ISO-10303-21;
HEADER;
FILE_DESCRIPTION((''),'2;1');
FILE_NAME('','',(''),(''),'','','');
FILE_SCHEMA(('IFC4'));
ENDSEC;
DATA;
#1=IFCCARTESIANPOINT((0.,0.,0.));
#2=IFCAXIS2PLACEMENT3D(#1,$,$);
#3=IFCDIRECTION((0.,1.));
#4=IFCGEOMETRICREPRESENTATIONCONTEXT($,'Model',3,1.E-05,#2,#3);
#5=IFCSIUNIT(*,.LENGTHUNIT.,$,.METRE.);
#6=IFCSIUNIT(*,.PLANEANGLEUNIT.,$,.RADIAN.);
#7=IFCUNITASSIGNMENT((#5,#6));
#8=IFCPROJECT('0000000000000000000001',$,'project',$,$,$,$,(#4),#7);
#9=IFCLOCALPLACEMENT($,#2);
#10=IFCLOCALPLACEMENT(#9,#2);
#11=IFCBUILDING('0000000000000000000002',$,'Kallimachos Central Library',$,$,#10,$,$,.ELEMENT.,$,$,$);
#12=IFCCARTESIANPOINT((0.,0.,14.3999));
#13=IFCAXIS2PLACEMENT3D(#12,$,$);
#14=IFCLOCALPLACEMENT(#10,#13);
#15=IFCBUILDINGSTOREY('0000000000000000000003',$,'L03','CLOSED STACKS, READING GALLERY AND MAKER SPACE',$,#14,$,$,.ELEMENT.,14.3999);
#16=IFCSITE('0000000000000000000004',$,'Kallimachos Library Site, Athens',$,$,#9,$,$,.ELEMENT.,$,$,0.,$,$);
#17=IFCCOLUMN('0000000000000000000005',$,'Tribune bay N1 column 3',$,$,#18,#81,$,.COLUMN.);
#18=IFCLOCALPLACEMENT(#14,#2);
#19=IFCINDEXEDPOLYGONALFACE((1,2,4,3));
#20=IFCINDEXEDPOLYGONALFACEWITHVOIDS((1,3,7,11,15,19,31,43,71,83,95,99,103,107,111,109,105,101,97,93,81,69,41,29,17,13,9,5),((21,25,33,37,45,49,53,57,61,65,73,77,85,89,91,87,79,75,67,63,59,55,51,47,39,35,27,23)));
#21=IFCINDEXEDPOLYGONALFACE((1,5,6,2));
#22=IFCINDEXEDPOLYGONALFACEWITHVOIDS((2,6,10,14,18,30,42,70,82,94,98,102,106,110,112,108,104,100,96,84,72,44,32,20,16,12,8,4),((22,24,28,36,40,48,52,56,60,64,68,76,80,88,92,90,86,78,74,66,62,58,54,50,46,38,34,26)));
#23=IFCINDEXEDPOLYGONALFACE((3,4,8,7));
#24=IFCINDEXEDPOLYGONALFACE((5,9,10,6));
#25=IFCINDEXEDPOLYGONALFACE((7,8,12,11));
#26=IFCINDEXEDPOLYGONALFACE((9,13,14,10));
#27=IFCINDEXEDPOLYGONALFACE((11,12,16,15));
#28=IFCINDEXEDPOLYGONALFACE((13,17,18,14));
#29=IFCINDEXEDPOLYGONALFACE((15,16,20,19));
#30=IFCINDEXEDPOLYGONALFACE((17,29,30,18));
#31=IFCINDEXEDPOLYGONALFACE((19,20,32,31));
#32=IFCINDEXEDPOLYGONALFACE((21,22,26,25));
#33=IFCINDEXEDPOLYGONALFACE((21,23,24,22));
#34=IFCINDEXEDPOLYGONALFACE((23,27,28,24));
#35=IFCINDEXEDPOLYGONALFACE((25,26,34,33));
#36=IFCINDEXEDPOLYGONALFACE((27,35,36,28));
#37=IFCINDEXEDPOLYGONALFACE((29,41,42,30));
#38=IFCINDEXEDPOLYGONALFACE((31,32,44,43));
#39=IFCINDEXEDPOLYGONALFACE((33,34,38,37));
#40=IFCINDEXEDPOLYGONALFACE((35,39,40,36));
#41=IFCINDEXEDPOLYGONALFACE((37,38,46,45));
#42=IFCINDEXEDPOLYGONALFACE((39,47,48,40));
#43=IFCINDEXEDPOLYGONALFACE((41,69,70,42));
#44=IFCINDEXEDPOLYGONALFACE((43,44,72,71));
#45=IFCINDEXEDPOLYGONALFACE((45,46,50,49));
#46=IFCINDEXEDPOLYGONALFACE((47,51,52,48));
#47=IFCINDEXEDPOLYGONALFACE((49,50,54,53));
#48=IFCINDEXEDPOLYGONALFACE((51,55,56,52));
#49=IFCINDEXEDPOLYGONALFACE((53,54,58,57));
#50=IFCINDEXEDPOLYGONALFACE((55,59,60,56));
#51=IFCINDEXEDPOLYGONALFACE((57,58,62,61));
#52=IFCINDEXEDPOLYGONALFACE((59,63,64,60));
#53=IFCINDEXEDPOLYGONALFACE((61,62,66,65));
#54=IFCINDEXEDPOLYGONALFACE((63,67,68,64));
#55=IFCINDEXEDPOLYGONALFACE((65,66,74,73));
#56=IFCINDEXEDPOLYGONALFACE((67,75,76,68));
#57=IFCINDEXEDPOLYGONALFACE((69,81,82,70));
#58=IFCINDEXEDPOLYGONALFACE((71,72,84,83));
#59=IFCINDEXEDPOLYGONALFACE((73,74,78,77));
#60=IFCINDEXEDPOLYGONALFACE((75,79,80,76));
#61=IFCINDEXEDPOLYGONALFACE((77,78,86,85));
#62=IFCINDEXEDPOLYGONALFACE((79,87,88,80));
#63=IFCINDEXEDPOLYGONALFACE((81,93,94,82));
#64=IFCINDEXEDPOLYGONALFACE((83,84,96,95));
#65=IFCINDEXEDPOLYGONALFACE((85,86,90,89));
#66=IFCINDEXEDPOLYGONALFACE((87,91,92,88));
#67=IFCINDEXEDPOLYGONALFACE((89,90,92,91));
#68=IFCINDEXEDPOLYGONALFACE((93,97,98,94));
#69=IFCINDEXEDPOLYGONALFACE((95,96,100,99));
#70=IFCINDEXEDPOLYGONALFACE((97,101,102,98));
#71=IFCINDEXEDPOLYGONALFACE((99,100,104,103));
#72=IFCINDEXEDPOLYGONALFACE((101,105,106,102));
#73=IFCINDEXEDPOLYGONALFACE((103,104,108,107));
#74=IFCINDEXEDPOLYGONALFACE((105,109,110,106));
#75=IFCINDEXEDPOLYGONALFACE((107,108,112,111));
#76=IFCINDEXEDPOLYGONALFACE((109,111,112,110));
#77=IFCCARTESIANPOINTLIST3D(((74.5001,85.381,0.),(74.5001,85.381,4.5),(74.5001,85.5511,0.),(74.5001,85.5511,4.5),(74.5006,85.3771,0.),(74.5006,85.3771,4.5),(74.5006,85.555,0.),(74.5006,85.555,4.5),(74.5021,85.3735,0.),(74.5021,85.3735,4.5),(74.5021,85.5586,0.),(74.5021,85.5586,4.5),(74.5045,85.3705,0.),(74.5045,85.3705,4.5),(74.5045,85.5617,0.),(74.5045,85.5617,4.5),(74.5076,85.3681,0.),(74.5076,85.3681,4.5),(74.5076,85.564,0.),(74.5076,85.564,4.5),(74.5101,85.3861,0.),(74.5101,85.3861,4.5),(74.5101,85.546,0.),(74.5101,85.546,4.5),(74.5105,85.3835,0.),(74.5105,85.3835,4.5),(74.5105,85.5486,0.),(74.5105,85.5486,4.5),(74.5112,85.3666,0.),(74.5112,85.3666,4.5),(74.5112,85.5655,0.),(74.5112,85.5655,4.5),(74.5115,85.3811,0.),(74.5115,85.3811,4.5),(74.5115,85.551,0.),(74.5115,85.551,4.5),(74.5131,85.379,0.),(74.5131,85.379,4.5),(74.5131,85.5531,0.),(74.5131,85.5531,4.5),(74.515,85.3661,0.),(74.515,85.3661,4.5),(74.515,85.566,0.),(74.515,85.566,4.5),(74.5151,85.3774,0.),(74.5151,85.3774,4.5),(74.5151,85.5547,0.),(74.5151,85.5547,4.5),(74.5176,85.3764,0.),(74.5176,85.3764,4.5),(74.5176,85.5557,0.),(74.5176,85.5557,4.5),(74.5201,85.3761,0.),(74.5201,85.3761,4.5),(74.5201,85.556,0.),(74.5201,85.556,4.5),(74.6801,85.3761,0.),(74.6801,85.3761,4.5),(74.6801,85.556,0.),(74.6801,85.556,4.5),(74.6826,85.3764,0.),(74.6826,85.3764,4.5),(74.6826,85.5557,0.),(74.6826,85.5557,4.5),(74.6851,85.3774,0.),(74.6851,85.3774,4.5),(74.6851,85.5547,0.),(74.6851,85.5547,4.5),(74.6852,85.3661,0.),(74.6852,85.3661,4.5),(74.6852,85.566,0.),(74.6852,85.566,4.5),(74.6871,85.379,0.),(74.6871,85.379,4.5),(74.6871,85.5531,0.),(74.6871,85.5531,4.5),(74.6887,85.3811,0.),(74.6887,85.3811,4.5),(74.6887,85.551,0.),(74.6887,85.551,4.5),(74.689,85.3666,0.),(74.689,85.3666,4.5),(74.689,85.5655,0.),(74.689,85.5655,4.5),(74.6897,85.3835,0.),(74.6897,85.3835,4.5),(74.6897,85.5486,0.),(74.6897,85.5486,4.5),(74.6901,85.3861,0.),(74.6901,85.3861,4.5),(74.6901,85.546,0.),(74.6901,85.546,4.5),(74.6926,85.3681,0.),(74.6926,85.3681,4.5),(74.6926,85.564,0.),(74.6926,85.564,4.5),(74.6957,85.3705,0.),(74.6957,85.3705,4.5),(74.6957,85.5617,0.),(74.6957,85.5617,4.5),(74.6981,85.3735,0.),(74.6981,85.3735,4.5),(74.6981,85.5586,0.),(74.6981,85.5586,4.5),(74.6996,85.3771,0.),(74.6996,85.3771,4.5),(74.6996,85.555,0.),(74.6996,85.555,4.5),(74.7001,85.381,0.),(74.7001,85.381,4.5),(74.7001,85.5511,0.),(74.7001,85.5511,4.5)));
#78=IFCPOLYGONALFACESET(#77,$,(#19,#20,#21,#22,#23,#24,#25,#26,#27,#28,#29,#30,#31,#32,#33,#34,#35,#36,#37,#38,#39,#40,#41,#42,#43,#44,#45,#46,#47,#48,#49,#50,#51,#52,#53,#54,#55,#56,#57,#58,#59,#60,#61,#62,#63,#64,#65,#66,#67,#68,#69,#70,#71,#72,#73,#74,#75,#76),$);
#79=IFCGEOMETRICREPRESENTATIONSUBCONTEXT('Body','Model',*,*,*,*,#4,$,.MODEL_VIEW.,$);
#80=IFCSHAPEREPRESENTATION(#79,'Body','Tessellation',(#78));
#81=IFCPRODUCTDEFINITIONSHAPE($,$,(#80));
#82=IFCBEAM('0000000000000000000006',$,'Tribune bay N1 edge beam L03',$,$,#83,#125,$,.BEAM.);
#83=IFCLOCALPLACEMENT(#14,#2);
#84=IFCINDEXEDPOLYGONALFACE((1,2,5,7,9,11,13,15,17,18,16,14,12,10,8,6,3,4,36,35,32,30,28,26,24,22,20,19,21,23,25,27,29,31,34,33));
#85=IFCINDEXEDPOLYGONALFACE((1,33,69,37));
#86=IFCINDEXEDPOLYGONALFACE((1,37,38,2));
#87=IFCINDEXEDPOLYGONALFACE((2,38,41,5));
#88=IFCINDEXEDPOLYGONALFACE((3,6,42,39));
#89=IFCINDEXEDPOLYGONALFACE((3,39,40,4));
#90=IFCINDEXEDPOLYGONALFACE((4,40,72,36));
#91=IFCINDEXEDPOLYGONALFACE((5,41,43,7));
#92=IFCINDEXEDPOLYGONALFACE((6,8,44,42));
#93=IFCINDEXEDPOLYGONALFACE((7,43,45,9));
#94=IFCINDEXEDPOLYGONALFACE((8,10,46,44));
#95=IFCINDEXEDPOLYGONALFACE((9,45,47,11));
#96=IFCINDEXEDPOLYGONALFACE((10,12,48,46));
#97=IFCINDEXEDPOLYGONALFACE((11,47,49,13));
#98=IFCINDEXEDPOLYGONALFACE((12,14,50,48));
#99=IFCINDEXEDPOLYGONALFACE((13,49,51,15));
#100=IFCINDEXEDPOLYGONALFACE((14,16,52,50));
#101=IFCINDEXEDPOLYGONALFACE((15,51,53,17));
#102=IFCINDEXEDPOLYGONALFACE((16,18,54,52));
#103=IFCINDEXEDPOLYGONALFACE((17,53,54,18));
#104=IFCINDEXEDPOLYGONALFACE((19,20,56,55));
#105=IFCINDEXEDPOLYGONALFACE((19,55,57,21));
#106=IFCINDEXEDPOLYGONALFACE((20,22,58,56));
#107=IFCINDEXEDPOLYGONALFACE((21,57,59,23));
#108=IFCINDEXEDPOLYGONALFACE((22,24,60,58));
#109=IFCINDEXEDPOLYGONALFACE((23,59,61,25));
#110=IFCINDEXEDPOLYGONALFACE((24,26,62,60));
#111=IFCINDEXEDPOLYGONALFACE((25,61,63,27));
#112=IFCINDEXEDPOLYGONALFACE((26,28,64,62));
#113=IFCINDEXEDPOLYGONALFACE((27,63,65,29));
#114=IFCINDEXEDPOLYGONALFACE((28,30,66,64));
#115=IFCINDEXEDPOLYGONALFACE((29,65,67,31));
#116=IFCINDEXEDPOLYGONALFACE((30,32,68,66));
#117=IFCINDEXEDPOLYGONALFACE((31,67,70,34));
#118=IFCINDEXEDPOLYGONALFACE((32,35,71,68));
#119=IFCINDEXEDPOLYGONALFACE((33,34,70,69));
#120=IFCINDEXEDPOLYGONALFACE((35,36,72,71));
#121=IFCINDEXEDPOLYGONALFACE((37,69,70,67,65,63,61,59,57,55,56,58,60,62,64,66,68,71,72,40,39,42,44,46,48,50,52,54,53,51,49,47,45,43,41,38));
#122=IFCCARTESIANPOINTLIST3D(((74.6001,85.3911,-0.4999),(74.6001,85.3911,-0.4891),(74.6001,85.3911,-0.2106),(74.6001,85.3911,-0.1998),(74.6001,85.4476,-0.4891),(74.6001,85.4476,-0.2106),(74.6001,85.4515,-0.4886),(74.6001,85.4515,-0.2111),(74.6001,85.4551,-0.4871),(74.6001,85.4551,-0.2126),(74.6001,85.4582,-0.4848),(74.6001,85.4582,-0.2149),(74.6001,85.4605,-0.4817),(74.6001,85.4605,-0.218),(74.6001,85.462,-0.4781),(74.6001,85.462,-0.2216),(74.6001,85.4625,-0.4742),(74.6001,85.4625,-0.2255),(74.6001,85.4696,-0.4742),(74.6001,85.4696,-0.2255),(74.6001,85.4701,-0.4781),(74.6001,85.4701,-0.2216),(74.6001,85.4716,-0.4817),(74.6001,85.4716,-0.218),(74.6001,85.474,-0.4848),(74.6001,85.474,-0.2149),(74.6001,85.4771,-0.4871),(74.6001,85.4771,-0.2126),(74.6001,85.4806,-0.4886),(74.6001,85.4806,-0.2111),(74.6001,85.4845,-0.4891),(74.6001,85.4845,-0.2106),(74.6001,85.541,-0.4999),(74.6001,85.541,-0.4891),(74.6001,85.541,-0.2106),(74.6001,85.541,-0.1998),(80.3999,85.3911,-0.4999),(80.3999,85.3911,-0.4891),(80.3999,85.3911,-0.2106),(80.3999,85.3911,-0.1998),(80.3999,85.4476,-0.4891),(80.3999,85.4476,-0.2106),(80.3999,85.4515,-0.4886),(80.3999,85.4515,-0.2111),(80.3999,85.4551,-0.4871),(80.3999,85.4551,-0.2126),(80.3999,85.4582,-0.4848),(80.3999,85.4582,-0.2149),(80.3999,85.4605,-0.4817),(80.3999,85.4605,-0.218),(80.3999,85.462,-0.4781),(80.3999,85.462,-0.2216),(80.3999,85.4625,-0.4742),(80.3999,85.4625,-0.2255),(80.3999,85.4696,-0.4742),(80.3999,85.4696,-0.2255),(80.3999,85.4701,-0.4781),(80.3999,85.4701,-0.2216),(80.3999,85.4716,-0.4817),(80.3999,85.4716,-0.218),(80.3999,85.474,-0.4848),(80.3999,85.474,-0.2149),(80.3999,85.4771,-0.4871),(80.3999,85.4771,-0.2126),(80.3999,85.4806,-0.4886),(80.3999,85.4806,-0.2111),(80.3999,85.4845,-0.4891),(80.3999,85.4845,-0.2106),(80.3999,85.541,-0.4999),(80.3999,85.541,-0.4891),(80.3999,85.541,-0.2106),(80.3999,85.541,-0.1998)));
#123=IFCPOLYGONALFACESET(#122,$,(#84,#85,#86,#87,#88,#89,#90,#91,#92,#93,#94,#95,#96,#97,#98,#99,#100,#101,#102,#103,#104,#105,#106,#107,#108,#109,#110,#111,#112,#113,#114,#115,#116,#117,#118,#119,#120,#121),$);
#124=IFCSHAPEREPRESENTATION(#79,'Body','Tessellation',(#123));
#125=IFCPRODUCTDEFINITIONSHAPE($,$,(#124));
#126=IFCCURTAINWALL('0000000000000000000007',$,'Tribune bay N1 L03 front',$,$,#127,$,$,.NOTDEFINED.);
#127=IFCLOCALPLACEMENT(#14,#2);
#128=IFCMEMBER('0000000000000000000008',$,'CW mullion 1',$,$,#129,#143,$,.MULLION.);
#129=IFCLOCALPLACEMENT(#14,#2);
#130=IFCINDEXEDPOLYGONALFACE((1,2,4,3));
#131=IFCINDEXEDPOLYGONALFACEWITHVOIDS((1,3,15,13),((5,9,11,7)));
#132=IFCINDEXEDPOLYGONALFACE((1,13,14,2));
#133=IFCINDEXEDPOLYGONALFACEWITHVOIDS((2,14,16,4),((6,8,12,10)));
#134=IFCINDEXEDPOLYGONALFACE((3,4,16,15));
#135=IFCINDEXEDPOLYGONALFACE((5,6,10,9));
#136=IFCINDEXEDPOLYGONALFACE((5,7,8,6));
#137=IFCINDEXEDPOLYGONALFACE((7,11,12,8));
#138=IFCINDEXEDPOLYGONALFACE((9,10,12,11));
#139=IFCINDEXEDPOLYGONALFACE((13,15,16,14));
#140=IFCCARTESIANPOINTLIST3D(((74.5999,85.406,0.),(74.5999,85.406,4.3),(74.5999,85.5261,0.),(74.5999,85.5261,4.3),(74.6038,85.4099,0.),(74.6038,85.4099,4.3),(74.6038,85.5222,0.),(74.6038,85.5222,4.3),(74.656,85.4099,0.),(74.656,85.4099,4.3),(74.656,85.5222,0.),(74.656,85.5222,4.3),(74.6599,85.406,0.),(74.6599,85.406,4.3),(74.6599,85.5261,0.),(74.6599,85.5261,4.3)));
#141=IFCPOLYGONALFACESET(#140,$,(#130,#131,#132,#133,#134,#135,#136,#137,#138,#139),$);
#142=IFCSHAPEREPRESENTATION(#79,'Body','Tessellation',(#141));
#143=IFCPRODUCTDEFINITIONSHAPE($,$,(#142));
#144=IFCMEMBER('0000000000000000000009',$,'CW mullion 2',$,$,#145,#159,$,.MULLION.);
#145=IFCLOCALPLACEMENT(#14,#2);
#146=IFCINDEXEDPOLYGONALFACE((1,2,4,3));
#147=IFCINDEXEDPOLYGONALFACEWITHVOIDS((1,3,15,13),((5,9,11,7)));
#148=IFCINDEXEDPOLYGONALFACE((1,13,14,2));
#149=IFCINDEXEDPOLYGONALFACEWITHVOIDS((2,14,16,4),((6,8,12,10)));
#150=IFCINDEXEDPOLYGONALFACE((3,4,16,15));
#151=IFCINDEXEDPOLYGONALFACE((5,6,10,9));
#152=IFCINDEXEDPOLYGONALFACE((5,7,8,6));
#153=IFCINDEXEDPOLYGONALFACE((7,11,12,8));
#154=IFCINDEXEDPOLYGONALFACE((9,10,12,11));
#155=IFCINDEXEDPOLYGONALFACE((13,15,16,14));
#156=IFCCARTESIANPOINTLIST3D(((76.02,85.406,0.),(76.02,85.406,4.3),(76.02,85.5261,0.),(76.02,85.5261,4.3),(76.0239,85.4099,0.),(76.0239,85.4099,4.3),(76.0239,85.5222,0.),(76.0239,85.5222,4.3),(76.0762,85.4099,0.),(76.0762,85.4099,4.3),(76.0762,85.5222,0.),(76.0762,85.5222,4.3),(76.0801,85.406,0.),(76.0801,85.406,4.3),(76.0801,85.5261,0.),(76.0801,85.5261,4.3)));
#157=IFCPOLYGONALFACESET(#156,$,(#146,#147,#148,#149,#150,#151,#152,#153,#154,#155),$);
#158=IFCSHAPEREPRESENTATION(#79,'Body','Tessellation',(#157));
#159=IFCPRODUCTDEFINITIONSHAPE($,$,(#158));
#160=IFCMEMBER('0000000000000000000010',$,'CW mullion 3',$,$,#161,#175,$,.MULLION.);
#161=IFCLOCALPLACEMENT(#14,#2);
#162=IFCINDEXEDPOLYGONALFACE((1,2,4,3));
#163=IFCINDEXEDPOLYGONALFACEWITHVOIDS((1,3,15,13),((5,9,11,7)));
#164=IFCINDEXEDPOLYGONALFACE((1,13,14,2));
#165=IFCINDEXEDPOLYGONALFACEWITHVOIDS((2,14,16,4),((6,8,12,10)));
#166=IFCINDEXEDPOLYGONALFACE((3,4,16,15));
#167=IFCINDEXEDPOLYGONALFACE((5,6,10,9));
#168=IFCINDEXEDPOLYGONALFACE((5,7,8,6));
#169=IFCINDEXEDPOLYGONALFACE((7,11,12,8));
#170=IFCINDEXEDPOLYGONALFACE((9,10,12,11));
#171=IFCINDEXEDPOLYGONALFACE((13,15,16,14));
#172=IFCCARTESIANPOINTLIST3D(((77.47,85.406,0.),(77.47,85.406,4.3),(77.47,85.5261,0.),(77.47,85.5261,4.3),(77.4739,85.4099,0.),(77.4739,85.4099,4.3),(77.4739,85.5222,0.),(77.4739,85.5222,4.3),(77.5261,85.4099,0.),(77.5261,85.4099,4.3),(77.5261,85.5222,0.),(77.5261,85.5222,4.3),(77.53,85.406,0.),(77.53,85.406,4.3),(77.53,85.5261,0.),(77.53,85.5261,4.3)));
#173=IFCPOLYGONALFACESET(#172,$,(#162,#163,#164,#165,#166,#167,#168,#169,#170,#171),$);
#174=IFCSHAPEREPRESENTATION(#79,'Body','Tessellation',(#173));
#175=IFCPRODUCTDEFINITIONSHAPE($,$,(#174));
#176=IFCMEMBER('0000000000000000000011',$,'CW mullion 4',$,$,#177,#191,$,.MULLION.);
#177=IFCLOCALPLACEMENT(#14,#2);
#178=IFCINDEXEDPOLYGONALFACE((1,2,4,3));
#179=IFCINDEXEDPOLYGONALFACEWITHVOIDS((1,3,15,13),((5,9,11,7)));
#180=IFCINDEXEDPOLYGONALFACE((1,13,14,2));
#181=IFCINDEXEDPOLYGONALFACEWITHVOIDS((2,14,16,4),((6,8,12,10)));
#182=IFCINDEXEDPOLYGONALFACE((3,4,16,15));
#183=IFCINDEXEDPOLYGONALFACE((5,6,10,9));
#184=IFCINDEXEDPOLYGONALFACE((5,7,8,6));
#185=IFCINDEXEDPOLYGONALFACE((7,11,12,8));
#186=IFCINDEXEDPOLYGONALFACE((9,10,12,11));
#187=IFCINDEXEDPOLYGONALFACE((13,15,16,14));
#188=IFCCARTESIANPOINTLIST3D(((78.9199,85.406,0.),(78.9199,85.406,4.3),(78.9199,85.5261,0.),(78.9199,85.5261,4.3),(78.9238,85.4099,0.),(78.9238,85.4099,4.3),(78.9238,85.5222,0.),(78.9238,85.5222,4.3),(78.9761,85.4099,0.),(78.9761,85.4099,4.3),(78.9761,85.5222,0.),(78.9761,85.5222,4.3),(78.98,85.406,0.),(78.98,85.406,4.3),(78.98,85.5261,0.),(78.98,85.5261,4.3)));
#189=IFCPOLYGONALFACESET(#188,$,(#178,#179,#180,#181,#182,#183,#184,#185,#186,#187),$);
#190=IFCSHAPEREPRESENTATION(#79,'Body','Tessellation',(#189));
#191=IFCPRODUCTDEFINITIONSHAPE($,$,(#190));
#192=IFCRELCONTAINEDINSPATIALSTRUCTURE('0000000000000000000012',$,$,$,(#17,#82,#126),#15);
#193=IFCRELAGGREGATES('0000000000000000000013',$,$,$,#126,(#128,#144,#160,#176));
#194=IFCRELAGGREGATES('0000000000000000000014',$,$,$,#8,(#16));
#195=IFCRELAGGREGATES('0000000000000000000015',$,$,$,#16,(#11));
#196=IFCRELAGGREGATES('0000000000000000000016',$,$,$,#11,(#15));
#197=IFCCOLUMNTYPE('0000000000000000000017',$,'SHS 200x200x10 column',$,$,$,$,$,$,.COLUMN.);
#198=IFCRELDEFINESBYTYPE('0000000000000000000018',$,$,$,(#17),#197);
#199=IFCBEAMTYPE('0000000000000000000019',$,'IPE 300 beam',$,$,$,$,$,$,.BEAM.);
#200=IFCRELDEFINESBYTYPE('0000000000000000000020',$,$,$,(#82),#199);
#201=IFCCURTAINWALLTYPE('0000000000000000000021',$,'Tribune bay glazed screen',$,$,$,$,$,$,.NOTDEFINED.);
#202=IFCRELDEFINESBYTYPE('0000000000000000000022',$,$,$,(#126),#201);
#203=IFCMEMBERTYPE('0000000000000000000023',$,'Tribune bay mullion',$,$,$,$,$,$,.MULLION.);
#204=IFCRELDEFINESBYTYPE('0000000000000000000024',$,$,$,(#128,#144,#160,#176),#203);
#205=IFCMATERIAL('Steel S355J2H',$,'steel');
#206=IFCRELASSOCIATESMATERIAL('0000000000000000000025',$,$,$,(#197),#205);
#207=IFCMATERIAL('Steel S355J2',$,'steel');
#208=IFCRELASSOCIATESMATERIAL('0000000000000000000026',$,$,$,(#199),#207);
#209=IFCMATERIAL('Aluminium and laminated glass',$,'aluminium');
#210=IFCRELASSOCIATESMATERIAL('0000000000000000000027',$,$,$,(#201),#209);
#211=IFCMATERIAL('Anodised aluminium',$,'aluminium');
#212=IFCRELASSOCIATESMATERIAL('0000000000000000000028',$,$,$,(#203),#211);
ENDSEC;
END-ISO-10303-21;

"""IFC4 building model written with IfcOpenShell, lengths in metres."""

from ifc_helpers import new_model, si_unit, direction, frame, origin, origin_2d, place, context, subcontext, project, spatial, hollow_rectangle, i_section, extrude, material, material_profile, profile_set, type_object, element, aggregate, save


model = new_model("IFC4")

# Units and contexts
model_context = context("Model", 3, precision=1e-05, world=origin(), true_north=direction((0.0, 1.0)))
body_context = subcontext(model_context, "Body", "Model", "MODEL_VIEW")
ifc_project = project(units=[si_unit("LENGTHUNIT", "METRE"), si_unit("PLANEANGLEUNIT", "RADIAN")], contexts=[model_context])

# Site, building, storey
site_placement = place(None, origin())
site = spatial("IfcSite", under=ifc_project, at=site_placement, Name="Kallimachos Library Site, Athens", CompositionType="ELEMENT", RefElevation=0.0)
building_placement = place(site_placement, origin())
building = spatial("IfcBuilding", under=site, at=building_placement, Name="Kallimachos Central Library", CompositionType="ELEMENT")
storey_placement = place(building_placement, frame((0.0, 0.0, 14.3999)))
storey = spatial("IfcBuildingStorey", under=building, at=storey_placement, Name="L03", Description="CLOSED STACKS, READING GALLERY AND MAKER SPACE", CompositionType="ELEMENT", Elevation=14.3999)

# Column
ifc_material_1 = material(Name="Steel S355J2H", Category="steel")
ifc_material_profile_1 = material_profile(ifc_material_1, hollow_rectangle(XDim=0.2, YDim=0.2, WallThickness=0.01, InnerFilletRadius=0.01, OuterFilletRadius=0.0149, at=origin_2d()), Name="SHS 200x200x10")
ifc_profile_set_1 = profile_set([ifc_material_profile_1], Name="Steel S355J2H")
column_type = type_object("IfcColumnType", Name="SHS 200x200x10 column", PredefinedType="COLUMN", material=ifc_profile_set_1)
column_placement = place(storey_placement, frame((74.6001, 85.4661, 0.0), z_axis=(0.0, 0.0, 1.0), x_axis=(1.0, 0.0, 0.0)))
element("IfcColumn", 1, at=column_placement, inside=storey, type_object=column_type, Name="Tribune bay N1 column 3", PredefinedType="COLUMN", context=body_context, shape_type="SweptSolid", body=[
    extrude(hollow_rectangle(XDim=0.2, YDim=0.2, WallThickness=0.01, InnerFilletRadius=0.01, OuterFilletRadius=0.0149, at=origin_2d()), origin(), (0.0, 0.0, 1.0), 4.5),
])

# Beam
ifc_material_2 = material(Name="Steel S355J2", Category="steel")
ifc_material_profile_2 = material_profile(ifc_material_2, i_section(OverallWidth=0.1499, OverallDepth=0.3, WebThickness=0.0071, FlangeThickness=0.0107, FilletRadius=0.0149, at=origin_2d()), Name="IPE 300")
ifc_profile_set_2 = profile_set([ifc_material_profile_2], Name="Steel S355J2")
beam_type = type_object("IfcBeamType", Name="IPE 300 beam", PredefinedType="BEAM", material=ifc_profile_set_2)
beam_placement = place(storey_placement, frame((74.6001, 85.4661, -0.3499), z_axis=(1.0, 0.0, 0.0), x_axis=(0.0, 1.0, 0.0)))
element("IfcBeam", 2, at=beam_placement, inside=storey, type_object=beam_type, Name="Tribune bay N1 edge beam L03", PredefinedType="BEAM", context=body_context, shape_type="SweptSolid", body=[
    extrude(i_section(OverallWidth=0.1499, OverallDepth=0.3, WebThickness=0.0071, FlangeThickness=0.0107, FilletRadius=0.0149, at=origin_2d()), origin(), (0.0, 0.0, 1.0), 5.7998),
])

# Curtain wall, members
ifc_material_3 = material(Name="Aluminium and laminated glass", Category="aluminium")
curtain_wall_type = type_object("IfcCurtainWallType", Name="Tribune bay glazed screen", PredefinedType="NOTDEFINED", material=ifc_material_3)
curtain_wall_1_placement = place(storey_placement, origin())
curtain_wall_1 = element("IfcCurtainWall", 3, at=curtain_wall_1_placement, inside=storey, type_object=curtain_wall_type, Name="Tribune bay N1 L03 front", PredefinedType="NOTDEFINED")
ifc_material_4 = material(Name="Anodised aluminium", Category="aluminium")
ifc_material_profile_3 = material_profile(ifc_material_4, hollow_rectangle(XDim=0.0601, YDim=0.1201, WallThickness=0.0039, at=origin_2d()), Name="ALU MULLION 60x120")
ifc_profile_set_3 = profile_set([ifc_material_profile_3], Name="Anodised aluminium")
member_type_1 = type_object("IfcMemberType", Name="Tribune bay mullion", PredefinedType="MULLION", material=ifc_profile_set_3)
member_1_placement = place(storey_placement, frame((74.6299, 85.4661, 0.0), z_axis=(0.0, 0.0, 1.0), x_axis=(1.0, 0.0, 0.0)))
member_1 = element("IfcMember", 4, at=member_1_placement, type_object=member_type_1, Name="CW mullion 1", PredefinedType="MULLION", context=body_context, shape_type="SweptSolid", body=[
    extrude(hollow_rectangle(XDim=0.0601, YDim=0.1201, WallThickness=0.0039, at=origin_2d()), origin(), (0.0, 0.0, 1.0), 4.3),
])
member_2_placement = place(storey_placement, frame((76.05, 85.4661, 0.0), z_axis=(0.0, 0.0, 1.0), x_axis=(1.0, 0.0, 0.0)))
member_2 = element("IfcMember", 5, at=member_2_placement, type_object=member_type_1, Name="CW mullion 2", PredefinedType="MULLION", context=body_context, shape_type="SweptSolid", body=[
    extrude(hollow_rectangle(XDim=0.0601, YDim=0.1201, WallThickness=0.0039, at=origin_2d()), origin(), (0.0, 0.0, 1.0), 4.3),
])
member_3_placement = place(storey_placement, frame((77.5, 85.4661, 0.0), z_axis=(0.0, 0.0, 1.0), x_axis=(1.0, 0.0, 0.0)))
member_3 = element("IfcMember", 6, at=member_3_placement, type_object=member_type_1, Name="CW mullion 3", PredefinedType="MULLION", context=body_context, shape_type="SweptSolid", body=[
    extrude(hollow_rectangle(XDim=0.0601, YDim=0.1201, WallThickness=0.0039, at=origin_2d()), origin(), (0.0, 0.0, 1.0), 4.3),
])
member_4_placement = place(storey_placement, frame((78.95, 85.4661, 0.0), z_axis=(0.0, 0.0, 1.0), x_axis=(1.0, 0.0, 0.0)))
member_4 = element("IfcMember", 7, at=member_4_placement, type_object=member_type_1, Name="CW mullion 4", PredefinedType="MULLION", context=body_context, shape_type="SweptSolid", body=[
    extrude(hollow_rectangle(XDim=0.0601, YDim=0.1201, WallThickness=0.0039, at=origin_2d()), origin(), (0.0, 0.0, 1.0), 4.3),
])

aggregate(curtain_wall_1, [member_1, member_2, member_3, member_4])

save(model, "model.ifc")
